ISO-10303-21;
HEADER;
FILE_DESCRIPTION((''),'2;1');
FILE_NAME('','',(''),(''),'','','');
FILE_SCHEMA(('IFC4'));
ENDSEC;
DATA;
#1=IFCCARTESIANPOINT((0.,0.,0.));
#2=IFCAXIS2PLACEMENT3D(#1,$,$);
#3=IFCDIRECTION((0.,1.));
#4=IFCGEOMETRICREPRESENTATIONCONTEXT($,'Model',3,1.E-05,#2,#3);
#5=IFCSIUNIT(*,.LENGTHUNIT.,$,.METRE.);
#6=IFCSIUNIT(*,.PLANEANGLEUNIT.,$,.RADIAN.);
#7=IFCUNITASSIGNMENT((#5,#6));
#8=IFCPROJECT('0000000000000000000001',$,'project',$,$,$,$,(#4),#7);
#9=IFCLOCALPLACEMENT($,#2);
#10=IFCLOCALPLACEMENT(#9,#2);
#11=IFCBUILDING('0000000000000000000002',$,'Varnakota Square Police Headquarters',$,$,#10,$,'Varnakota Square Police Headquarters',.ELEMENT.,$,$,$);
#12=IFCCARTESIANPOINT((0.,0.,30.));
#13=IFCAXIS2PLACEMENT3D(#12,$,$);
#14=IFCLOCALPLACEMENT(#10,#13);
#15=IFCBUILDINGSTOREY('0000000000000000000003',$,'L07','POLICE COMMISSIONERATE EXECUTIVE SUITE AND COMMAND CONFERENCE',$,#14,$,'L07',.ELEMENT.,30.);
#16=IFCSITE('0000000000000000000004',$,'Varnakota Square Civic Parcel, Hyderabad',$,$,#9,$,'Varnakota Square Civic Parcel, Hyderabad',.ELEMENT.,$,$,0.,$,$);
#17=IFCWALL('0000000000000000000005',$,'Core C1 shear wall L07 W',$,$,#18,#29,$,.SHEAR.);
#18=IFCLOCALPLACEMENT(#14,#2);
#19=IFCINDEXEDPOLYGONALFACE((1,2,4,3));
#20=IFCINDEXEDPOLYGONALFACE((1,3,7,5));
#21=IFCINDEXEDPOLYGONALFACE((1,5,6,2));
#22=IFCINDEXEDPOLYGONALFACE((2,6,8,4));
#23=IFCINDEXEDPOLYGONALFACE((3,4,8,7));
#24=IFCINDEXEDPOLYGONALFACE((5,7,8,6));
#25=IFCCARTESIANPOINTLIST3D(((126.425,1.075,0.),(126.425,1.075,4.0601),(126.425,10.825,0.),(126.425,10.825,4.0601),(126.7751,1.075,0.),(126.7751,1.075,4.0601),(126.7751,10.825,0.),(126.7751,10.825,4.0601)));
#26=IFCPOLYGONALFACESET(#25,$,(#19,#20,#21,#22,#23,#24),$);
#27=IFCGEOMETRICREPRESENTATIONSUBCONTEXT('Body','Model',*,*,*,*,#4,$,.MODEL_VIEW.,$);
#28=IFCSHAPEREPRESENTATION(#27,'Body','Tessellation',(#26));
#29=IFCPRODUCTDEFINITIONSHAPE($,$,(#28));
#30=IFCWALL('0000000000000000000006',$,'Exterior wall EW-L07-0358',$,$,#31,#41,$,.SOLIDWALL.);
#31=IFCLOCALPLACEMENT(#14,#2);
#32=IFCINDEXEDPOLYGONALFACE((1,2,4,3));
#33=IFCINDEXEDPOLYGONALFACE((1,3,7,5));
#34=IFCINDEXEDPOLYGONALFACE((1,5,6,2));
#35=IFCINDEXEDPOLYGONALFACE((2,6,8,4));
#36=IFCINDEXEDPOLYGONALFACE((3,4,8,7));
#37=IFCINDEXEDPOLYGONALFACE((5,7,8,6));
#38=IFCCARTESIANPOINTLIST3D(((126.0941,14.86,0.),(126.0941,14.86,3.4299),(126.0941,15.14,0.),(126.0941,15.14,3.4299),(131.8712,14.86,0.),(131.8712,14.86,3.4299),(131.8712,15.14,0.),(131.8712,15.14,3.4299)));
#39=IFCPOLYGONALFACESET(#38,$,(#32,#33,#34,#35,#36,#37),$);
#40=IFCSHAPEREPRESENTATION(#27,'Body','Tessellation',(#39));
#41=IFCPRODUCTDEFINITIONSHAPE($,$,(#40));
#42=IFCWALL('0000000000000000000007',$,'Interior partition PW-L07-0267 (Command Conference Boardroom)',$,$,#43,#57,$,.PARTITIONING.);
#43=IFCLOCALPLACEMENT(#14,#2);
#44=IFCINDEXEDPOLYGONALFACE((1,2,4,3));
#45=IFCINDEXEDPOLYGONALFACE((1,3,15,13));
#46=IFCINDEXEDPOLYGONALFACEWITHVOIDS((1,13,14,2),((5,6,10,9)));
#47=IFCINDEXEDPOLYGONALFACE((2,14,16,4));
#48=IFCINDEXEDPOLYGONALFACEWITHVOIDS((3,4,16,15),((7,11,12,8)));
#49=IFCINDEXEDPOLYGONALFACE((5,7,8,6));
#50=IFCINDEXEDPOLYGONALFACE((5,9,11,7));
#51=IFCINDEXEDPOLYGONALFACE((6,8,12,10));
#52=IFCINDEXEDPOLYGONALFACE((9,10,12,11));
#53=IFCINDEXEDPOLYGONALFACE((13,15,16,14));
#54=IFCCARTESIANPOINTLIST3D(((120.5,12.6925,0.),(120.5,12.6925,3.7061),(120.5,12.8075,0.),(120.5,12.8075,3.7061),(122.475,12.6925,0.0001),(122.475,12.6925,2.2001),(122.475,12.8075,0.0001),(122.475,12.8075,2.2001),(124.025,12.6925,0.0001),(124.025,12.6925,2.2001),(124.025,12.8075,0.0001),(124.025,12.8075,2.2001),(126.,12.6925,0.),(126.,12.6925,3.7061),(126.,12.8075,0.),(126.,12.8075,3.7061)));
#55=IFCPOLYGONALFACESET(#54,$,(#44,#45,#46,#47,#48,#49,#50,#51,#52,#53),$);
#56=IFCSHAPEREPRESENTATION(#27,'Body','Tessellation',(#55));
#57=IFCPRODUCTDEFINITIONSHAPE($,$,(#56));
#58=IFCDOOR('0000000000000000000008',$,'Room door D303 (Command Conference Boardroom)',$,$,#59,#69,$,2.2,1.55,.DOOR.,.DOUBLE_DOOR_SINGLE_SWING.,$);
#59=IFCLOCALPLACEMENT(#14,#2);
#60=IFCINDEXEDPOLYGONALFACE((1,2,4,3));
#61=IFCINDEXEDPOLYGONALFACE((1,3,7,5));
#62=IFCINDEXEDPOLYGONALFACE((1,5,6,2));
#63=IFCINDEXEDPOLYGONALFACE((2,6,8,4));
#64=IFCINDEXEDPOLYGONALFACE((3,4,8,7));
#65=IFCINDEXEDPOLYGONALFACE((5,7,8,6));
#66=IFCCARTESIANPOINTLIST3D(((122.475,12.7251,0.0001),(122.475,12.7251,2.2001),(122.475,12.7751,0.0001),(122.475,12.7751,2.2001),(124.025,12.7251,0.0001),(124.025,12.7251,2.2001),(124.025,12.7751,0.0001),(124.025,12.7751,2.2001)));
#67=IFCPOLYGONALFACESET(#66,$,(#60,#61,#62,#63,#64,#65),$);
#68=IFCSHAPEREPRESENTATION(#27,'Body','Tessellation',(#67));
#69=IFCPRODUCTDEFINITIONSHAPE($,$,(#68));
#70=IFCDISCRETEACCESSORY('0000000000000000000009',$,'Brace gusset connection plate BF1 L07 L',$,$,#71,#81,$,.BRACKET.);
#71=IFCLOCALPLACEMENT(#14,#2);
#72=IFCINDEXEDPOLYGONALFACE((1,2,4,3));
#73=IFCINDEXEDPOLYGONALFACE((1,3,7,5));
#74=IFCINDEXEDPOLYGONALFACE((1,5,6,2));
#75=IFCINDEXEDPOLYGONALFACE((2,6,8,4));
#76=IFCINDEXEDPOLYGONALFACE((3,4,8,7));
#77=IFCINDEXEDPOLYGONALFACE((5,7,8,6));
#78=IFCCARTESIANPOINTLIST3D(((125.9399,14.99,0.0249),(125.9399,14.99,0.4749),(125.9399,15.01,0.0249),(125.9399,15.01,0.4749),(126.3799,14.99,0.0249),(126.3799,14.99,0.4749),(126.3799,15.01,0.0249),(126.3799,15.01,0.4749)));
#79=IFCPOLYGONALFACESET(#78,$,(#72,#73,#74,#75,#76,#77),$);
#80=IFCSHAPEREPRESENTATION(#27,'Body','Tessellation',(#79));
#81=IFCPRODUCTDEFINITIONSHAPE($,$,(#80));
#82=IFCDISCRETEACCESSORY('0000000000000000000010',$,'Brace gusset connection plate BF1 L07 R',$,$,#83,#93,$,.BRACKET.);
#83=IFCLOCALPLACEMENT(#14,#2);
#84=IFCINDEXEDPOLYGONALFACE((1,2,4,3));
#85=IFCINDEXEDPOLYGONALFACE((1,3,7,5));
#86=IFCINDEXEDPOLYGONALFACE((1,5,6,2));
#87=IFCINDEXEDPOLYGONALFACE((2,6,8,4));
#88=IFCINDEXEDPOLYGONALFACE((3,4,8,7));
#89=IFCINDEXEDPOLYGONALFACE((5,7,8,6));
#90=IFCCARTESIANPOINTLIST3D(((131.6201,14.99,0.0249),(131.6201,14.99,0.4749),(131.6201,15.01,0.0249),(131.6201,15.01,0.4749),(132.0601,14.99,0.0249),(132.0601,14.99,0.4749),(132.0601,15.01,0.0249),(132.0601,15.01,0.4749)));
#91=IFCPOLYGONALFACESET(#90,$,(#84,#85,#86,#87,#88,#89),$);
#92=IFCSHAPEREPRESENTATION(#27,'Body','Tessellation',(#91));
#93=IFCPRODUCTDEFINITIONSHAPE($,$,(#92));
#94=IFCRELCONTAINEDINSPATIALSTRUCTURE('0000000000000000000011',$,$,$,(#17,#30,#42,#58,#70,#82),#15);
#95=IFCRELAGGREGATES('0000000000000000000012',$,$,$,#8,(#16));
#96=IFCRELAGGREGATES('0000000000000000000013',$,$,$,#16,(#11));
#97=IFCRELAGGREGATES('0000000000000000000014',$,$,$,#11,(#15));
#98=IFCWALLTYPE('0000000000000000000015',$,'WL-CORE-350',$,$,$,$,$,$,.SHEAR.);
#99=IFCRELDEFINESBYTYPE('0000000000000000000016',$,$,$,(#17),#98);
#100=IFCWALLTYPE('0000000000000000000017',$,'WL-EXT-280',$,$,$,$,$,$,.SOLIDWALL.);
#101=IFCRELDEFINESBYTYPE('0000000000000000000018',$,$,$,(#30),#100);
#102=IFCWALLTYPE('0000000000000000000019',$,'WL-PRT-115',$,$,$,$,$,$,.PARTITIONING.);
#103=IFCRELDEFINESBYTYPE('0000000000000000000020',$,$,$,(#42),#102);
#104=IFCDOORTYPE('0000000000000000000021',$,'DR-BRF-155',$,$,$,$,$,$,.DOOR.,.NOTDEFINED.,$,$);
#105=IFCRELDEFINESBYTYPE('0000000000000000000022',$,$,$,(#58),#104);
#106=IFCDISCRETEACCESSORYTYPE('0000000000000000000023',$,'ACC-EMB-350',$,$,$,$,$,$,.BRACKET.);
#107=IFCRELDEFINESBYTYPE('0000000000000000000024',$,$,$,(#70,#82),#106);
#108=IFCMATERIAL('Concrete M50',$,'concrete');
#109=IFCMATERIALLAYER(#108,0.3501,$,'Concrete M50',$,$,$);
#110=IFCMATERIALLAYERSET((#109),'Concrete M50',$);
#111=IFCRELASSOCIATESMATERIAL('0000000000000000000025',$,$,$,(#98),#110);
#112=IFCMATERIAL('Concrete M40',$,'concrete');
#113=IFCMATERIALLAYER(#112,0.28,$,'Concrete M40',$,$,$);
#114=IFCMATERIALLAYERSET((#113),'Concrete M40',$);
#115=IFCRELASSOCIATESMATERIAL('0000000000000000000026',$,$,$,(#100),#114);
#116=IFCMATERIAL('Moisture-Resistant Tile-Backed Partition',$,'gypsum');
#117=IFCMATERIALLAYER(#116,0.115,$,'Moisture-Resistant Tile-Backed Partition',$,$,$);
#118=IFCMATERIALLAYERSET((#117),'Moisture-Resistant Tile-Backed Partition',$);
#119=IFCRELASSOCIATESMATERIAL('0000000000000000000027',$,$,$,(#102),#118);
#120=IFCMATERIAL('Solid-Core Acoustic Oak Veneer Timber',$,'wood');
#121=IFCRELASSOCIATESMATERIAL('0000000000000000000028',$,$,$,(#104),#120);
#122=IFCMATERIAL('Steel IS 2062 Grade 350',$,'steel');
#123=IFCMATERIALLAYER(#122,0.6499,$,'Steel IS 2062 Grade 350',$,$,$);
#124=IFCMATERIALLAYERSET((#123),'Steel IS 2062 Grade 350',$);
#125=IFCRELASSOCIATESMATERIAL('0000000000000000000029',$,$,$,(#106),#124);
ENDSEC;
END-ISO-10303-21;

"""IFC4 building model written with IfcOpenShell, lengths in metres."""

from ifc_helpers import new_model, si_unit, direction, frame, frame_2d, origin, origin_2d, place, context, subcontext, project, spatial, rectangle, extrude, material, layer, layer_set, type_object, element, fill, save


model = new_model("IFC4")

# Units and contexts
model_context = context("Model", 3, precision=1e-05, world=origin(), true_north=direction((0.0, 1.0)))
body_context = subcontext(model_context, "Body", "Model", "MODEL_VIEW")
ifc_project = project(units=[si_unit("LENGTHUNIT", "METRE"), si_unit("PLANEANGLEUNIT", "RADIAN")], contexts=[model_context])

# Site, building, storey
site_placement = place(None, origin())
site = spatial("IfcSite", under=ifc_project, at=site_placement, Name="Varnakota Square Civic Parcel, Hyderabad", LongName="Varnakota Square Civic Parcel, Hyderabad", CompositionType="ELEMENT", RefElevation=0.0)
building_placement = place(site_placement, origin())
building = spatial("IfcBuilding", under=site, at=building_placement, Name="Varnakota Square Police Headquarters", LongName="Varnakota Square Police Headquarters", CompositionType="ELEMENT")
storey_placement = place(building_placement, frame((0.0, 0.0, 30.0)))
storey = spatial("IfcBuildingStorey", under=building, at=storey_placement, Name="L07", Description="POLICE COMMISSIONERATE EXECUTIVE SUITE AND COMMAND CONFERENCE", LongName="L07", CompositionType="ELEMENT", Elevation=30.0)

# Shared definitions
ifc_material_1 = material(Name="Steel IS 2062 Grade 350", Category="steel")

# Shared definitions
ifc_material_2 = material(Name="Concrete M50", Category="concrete")
ifc_layer_1 = layer(ifc_material_2, 0.3501, Name="Concrete M50")
ifc_layer_set_1 = layer_set([ifc_layer_1], Name="Concrete M50")
wall_type_1 = type_object("IfcWallType", Name="WL-CORE-350", PredefinedType="SHEAR", material=ifc_layer_set_1)

# Walls
wall_1_placement = place(storey_placement, frame((126.6001, 10.825, 0.0), z_axis=(0.0, 0.0, 1.0), x_axis=(0.0, -1.0, 0.0)))
element("IfcWall", 1, at=wall_1_placement, inside=storey, type_object=wall_type_1, Name="Core C1 shear wall L07 W", PredefinedType="SHEAR", context=body_context, shape_type="SweptSolid", body=[
    extrude(rectangle(XDim=9.75, YDim=0.3501, at=frame_2d((4.875, 0.0))), origin(), (0.0, 0.0, 1.0), 4.0601),
])
ifc_material_3 = material(Name="Concrete M40", Category="concrete")
ifc_layer_2 = layer(ifc_material_3, 0.28, Name="Concrete M40")
ifc_layer_set_2 = layer_set([ifc_layer_2], Name="Concrete M40")
wall_type_2 = type_object("IfcWallType", Name="WL-EXT-280", PredefinedType="SOLIDWALL", material=ifc_layer_set_2)
wall_2_placement = place(storey_placement, frame((126.094, 15.0, 0.0), z_axis=(0.0, 0.0, 1.0), x_axis=(1.0, 0.0, 0.0)))
element("IfcWall", 2, at=wall_2_placement, inside=storey, type_object=wall_type_2, Name="Exterior wall EW-L07-0358", PredefinedType="SOLIDWALL", context=body_context, shape_type="SweptSolid", body=[
    extrude(rectangle(XDim=5.7771, YDim=0.28, at=frame_2d((2.8887, 0.0))), origin(), (0.0, 0.0, 1.0), 3.4299),
])

# Wall, opening, door
ifc_material_4 = material(Name="Moisture-Resistant Tile-Backed Partition", Category="gypsum")
ifc_layer_3 = layer(ifc_material_4, 0.115, Name="Moisture-Resistant Tile-Backed Partition")
ifc_layer_set_3 = layer_set([ifc_layer_3], Name="Moisture-Resistant Tile-Backed Partition")
wall_type_3 = type_object("IfcWallType", Name="WL-PRT-115", PredefinedType="PARTITIONING", material=ifc_layer_set_3)
wall_3_placement = place(storey_placement, frame((126.0, 12.75, 0.0), z_axis=(0.0, 0.0, 1.0), x_axis=(-1.0, 0.0, 0.0)))
wall_3 = element("IfcWall", 3, at=wall_3_placement, inside=storey, type_object=wall_type_3, Name="Interior partition PW-L07-0267 (Command Conference Boardroom)", PredefinedType="PARTITIONING", context=body_context, shape_type="SweptSolid", body=[
    extrude(rectangle(XDim=5.5, YDim=0.115, at=frame_2d((2.75, 0.0))), origin(), (0.0, 0.0, 1.0), 3.7061),
])
opening_1_placement = place(wall_3_placement, frame((1.9751, 0.0, 0.0)))
opening_1 = element("IfcOpeningElement", 4, at=opening_1_placement, cuts=wall_3, PredefinedType="OPENING", context=body_context, shape_type="SweptSolid", body=[
    extrude(rectangle(XDim=1.55, YDim=2.2, at=frame_2d((0.7749, 1.1001))), frame((0.0, 0.0674, 0.0), z_axis=(0.0, -1.0, 0.0), x_axis=(1.0, 0.0, 0.0)), (0.0, 0.0, 1.0), 0.135),
])
ifc_material_5 = material(Name="Solid-Core Acoustic Oak Veneer Timber", Category="wood")
door_type_1 = type_object("IfcDoorType", Name="DR-BRF-155", OperationType="NOTDEFINED", PredefinedType="DOOR", material=ifc_material_5)
door_1_placement = place(opening_1_placement, origin())
door_1 = element("IfcDoor", 5, at=door_1_placement, inside=storey, type_object=door_type_1, Name="Room door D303 (Command Conference Boardroom)", OperationType="DOUBLE_DOOR_SINGLE_SWING", OverallHeight=2.2, OverallWidth=1.55, PredefinedType="DOOR", context=body_context, shape_type="SweptSolid", body=[
    extrude(rectangle(XDim=1.55, YDim=2.2, at=frame_2d((0.7749, 1.1001))), frame((0.0, 0.0249, 0.0), z_axis=(0.0, -1.0, 0.0), x_axis=(1.0, 0.0, 0.0)), (0.0, 0.0, 1.0), 0.05),
])
fill(opening_1, door_1)

# Discrete accessories
ifc_layer_4 = layer(ifc_material_1, 0.6499, Name="Steel IS 2062 Grade 350")
ifc_layer_set_4 = layer_set([ifc_layer_4], Name="Steel IS 2062 Grade 350")
discrete_accessory_type = type_object("IfcDiscreteAccessoryType", Name="ACC-EMB-350", PredefinedType="BRACKET", material=ifc_layer_set_4)
for number, where, z_axis, x_axis, name in (
    (6, (126.1599, 15.0, 0.0249), (0.0, 0.0, 1.0), (1.0, 0.0, 0.0), "Brace gusset connection plate BF1 L07 L"),
    (7, (131.8401, 15.0, 0.0249), (0.0, 0.0, 1.0), (1.0, 0.0, 0.0), "Brace gusset connection plate BF1 L07 R"),
):
    element("IfcDiscreteAccessory", number, at=place(storey_placement, frame(where, z_axis=z_axis, x_axis=x_axis)), inside=storey, type_object=discrete_accessory_type, Name=name, PredefinedType="BRACKET", context=body_context, shape_type="SweptSolid", body=[
        extrude(rectangle(XDim=0.4399, YDim=0.02, at=origin_2d()), origin(), (0.0, 0.0, 1.0), 0.45),
    ])

save(model, "model.ifc")
